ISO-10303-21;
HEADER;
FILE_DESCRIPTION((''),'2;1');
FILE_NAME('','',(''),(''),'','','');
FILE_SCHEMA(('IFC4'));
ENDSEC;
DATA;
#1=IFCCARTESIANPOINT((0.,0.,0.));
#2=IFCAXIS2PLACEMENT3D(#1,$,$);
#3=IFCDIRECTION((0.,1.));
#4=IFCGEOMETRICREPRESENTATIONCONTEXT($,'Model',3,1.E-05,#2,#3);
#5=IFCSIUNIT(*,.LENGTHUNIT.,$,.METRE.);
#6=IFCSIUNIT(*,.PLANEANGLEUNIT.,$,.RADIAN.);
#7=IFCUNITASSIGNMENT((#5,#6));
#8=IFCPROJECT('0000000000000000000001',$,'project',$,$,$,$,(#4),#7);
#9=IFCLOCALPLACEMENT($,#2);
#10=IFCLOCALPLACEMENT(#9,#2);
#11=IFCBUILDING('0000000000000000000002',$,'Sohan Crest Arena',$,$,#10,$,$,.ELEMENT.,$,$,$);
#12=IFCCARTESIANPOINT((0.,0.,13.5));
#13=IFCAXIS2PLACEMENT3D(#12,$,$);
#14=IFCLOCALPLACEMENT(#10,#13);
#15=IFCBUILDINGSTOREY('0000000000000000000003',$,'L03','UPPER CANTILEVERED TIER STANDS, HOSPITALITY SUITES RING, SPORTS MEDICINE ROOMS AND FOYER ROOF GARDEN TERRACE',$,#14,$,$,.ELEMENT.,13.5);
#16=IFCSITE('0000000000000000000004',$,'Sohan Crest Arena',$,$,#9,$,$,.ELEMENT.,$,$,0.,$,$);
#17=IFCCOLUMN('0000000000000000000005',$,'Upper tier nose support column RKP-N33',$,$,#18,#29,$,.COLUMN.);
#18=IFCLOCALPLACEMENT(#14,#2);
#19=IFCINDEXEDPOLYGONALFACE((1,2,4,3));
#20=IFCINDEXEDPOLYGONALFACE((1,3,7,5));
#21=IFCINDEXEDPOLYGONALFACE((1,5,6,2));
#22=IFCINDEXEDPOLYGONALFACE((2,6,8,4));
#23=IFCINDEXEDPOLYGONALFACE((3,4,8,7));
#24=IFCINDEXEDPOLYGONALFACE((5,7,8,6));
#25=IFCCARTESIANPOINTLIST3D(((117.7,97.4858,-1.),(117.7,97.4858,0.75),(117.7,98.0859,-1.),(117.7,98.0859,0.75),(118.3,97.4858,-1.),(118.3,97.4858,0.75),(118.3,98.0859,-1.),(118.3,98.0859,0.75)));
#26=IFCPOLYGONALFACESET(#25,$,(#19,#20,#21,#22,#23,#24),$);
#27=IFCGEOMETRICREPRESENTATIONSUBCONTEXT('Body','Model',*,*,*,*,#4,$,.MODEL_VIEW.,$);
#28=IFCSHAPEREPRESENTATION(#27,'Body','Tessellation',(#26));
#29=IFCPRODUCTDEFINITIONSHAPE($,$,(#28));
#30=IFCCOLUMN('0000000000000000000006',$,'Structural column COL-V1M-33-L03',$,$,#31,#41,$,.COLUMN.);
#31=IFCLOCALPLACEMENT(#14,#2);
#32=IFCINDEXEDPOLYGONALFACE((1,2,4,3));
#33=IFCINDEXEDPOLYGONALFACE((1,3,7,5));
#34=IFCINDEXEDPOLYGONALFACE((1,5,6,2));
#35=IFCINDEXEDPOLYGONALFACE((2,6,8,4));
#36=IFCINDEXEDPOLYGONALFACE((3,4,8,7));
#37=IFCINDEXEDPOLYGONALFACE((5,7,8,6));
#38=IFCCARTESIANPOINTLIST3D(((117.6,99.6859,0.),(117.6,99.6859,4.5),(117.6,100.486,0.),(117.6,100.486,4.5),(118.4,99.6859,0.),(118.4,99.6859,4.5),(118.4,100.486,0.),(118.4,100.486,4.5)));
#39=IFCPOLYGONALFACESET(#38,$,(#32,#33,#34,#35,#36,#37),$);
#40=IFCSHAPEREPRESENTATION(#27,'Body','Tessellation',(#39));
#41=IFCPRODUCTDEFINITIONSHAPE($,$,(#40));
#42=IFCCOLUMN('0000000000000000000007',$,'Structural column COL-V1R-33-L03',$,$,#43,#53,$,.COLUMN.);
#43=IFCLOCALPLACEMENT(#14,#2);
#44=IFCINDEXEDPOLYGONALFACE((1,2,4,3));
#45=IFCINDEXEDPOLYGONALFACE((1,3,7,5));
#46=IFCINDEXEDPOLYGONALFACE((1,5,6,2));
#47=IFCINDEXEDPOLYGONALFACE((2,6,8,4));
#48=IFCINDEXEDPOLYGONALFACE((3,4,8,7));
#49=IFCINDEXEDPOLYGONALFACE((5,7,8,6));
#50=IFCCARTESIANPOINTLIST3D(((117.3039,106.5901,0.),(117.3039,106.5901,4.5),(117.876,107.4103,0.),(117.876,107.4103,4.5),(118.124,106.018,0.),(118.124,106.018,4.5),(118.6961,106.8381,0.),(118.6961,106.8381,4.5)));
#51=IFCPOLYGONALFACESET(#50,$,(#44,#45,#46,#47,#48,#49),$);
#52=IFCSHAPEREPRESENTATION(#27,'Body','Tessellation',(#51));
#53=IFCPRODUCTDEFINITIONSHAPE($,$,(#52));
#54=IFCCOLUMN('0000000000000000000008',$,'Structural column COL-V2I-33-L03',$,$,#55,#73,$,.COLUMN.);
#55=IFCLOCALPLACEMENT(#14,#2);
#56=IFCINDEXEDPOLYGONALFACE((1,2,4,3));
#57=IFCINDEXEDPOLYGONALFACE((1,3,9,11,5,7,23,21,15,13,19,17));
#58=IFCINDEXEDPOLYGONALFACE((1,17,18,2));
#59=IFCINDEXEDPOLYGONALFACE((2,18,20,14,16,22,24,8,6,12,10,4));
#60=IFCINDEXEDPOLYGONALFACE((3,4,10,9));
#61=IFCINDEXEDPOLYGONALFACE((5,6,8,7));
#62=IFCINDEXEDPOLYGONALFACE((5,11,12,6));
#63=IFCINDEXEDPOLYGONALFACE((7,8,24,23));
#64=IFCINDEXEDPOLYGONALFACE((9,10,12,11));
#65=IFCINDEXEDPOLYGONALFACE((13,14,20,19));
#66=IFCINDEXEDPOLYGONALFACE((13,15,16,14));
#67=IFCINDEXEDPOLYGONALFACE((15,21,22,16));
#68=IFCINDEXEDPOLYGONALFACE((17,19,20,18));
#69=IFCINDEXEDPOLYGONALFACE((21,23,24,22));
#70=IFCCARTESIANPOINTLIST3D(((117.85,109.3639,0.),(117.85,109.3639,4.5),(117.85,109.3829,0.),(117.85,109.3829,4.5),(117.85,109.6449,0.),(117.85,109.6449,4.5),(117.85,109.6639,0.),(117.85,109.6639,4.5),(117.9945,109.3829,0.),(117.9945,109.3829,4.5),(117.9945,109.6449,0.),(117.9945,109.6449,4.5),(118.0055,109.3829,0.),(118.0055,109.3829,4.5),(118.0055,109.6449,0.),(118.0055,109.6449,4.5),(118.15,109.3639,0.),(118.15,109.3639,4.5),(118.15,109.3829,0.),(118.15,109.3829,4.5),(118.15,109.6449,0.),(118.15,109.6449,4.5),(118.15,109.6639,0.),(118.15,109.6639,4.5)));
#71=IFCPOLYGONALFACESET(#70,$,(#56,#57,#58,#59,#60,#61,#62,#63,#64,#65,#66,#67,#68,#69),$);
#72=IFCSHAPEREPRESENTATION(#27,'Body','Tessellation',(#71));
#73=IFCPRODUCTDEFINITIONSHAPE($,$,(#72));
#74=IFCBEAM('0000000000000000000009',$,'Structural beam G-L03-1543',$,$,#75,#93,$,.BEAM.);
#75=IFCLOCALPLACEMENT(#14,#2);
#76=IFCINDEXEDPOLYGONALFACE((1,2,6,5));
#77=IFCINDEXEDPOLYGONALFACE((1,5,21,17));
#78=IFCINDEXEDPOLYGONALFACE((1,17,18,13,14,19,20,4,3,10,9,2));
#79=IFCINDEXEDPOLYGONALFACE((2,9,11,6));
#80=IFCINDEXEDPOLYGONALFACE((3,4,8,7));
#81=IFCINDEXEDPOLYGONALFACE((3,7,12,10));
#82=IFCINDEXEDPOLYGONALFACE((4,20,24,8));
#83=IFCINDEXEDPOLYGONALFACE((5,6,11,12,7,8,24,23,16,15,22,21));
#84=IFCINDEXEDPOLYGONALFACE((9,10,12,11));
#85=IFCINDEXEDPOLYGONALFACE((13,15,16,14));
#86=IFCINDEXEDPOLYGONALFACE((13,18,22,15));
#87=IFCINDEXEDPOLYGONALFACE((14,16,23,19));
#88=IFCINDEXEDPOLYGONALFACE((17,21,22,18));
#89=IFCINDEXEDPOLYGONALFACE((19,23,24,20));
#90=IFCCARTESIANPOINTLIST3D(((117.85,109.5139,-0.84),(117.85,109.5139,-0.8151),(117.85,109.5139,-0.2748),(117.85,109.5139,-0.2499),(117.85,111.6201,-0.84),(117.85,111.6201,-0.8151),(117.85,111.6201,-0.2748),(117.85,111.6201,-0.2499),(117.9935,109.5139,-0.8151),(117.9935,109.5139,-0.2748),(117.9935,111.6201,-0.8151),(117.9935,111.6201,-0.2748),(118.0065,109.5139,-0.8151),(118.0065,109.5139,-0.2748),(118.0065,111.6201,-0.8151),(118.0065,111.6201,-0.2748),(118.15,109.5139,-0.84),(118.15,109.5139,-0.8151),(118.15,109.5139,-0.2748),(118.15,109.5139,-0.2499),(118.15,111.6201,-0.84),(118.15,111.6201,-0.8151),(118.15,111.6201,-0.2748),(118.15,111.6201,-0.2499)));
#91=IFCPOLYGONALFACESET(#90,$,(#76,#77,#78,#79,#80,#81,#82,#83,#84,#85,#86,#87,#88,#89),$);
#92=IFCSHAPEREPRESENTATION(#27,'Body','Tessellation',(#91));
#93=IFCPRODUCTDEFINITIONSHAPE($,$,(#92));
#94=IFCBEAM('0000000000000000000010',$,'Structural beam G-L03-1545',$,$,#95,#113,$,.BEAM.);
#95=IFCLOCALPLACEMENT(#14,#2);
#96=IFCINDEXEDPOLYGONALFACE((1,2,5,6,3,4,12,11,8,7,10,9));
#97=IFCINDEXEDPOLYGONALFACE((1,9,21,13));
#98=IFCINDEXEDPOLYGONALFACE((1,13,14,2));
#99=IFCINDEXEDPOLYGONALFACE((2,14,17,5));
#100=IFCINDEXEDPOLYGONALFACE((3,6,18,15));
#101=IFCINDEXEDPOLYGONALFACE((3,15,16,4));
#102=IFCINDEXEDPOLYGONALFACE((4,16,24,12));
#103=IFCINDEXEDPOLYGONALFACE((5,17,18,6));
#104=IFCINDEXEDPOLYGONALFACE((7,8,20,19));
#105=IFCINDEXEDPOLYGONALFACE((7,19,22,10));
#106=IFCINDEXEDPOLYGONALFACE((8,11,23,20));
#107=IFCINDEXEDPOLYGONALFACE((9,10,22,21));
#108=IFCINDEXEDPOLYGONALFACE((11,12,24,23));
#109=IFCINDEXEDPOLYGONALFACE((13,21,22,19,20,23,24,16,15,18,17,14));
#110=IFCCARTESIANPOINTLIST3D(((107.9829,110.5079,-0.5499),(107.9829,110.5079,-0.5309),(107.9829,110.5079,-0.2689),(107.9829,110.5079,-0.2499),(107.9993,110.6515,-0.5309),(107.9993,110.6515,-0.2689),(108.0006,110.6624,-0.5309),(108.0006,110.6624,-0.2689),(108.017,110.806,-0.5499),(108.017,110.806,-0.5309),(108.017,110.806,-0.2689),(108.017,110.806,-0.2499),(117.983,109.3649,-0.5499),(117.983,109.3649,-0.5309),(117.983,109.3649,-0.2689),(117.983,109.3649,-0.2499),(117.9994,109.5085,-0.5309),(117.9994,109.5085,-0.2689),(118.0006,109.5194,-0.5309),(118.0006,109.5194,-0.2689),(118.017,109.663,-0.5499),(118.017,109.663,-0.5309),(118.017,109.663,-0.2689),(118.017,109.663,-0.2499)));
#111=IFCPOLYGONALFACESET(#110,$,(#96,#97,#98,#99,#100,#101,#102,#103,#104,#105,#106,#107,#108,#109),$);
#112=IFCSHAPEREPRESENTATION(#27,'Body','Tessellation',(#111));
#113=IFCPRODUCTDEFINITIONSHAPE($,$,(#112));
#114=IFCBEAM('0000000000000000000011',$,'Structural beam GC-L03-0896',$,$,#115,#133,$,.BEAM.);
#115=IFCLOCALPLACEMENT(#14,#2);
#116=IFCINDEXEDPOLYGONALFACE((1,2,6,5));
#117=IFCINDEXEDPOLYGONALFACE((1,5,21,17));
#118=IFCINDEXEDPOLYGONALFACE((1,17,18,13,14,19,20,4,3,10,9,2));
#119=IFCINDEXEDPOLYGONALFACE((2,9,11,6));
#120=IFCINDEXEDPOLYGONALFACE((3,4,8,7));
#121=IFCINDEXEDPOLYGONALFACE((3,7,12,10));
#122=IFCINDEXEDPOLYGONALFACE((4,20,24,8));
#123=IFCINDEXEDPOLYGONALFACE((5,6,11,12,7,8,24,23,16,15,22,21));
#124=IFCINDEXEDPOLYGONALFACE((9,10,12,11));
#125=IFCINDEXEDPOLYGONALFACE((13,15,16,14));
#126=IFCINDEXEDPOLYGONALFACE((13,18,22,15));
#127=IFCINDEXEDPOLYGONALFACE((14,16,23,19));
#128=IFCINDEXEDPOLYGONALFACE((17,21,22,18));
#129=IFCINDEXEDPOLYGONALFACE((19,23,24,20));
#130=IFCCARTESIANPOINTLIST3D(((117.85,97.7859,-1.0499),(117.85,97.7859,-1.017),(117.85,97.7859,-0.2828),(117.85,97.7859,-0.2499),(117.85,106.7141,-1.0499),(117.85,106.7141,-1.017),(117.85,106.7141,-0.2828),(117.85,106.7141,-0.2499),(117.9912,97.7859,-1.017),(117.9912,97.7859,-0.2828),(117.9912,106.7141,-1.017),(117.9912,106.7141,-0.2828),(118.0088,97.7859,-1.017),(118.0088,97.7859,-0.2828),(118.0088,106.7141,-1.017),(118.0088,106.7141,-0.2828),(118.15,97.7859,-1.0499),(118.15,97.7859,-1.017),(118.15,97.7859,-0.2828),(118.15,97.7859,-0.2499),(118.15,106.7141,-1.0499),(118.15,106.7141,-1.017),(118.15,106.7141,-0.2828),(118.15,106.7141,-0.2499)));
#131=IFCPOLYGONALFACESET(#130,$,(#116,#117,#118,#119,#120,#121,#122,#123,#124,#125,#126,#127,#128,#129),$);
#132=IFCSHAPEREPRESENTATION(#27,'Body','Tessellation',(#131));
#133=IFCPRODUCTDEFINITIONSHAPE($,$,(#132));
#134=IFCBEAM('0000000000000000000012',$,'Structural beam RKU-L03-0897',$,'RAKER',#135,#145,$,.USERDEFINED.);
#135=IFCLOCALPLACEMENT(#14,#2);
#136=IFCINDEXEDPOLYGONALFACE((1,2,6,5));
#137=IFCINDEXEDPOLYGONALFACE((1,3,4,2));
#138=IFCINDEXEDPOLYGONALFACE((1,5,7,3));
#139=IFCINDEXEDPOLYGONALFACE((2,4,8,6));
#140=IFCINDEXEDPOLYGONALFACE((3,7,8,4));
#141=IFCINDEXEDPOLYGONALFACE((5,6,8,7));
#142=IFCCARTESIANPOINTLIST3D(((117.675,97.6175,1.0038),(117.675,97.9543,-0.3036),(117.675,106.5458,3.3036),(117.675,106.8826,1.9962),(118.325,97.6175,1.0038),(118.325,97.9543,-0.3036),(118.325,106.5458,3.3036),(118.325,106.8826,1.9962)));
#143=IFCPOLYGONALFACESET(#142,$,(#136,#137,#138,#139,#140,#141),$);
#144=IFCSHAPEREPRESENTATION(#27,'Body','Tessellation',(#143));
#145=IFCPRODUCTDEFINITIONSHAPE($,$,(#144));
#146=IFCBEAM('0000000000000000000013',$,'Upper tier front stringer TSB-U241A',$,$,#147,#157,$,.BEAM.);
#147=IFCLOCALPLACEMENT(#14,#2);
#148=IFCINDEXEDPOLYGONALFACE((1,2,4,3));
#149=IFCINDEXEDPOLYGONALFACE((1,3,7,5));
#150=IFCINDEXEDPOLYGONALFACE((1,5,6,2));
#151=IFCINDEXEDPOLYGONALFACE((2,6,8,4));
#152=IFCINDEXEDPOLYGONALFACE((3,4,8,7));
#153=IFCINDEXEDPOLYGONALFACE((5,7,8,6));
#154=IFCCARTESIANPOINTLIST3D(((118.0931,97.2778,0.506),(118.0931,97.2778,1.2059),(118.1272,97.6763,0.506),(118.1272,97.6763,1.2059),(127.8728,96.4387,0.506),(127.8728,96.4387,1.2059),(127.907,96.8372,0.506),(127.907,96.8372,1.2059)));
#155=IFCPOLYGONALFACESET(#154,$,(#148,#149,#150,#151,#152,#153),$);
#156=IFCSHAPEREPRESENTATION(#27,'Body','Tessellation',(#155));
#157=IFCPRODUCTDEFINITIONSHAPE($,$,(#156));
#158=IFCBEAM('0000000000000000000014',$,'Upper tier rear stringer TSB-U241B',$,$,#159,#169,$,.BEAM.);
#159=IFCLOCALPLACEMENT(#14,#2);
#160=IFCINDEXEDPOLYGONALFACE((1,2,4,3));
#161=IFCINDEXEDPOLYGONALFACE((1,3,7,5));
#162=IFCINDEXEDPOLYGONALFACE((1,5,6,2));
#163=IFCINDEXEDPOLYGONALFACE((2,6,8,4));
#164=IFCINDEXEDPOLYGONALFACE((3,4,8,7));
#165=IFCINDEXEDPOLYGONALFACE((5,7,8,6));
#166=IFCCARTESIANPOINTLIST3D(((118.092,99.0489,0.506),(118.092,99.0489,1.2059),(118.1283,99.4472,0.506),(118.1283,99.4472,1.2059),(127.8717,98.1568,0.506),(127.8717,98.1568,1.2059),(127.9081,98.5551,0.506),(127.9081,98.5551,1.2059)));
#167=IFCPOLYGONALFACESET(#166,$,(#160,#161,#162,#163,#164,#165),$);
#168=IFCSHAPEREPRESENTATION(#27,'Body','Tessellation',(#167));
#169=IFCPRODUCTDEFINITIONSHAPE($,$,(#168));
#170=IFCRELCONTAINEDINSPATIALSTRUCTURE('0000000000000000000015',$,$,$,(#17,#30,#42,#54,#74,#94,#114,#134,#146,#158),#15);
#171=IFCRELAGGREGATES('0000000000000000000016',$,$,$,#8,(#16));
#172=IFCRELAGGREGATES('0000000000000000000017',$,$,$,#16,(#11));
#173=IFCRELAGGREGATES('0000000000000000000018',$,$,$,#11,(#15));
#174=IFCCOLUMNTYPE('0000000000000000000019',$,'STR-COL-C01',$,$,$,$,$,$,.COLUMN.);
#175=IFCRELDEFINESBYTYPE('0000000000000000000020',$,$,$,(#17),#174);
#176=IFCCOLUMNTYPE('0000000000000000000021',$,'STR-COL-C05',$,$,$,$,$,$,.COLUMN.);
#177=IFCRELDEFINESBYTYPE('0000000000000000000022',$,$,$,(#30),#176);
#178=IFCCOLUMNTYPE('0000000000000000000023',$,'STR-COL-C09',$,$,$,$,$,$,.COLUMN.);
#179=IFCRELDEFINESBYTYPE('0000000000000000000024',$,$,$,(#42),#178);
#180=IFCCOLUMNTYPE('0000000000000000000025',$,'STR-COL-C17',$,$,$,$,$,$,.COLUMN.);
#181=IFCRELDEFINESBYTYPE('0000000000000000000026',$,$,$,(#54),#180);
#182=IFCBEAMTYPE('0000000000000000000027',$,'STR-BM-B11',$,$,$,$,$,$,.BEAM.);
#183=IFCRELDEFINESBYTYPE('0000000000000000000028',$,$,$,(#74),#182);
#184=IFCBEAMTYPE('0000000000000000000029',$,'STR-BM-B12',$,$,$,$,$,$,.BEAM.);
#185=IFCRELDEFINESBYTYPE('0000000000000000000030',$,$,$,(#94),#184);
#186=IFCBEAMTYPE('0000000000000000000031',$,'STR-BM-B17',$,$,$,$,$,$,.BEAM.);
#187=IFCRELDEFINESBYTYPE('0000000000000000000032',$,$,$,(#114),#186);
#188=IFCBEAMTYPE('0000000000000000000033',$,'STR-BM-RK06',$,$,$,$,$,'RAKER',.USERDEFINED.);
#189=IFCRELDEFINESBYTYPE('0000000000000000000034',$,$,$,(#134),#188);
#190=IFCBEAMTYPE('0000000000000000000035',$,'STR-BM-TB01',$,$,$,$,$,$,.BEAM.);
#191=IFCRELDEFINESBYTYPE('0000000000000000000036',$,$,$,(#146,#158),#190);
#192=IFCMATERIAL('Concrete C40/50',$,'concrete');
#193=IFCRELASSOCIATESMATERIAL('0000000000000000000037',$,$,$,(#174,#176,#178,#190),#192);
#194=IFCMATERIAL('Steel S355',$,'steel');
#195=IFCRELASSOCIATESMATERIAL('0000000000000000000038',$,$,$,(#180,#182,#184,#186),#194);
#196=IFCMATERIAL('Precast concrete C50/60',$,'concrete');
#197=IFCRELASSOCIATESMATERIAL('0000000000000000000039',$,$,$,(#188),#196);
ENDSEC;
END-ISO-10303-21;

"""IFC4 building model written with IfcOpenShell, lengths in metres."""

from ifc_helpers import new_model, si_unit, direction, frame, origin, origin_2d, place, context, subcontext, project, spatial, rectangle, i_section, extrude, material, material_profile, profile_set, type_object, element, save


model = new_model("IFC4")

# Units and contexts
model_context = context("Model", 3, precision=1e-05, world=origin(), true_north=direction((0.0, 1.0)))
body_context = subcontext(model_context, "Body", "Model", "MODEL_VIEW")
ifc_project = project(units=[si_unit("LENGTHUNIT", "METRE"), si_unit("PLANEANGLEUNIT", "RADIAN")], contexts=[model_context])

# Site, building, storey
site_placement = place(None, origin())
site = spatial("IfcSite", under=ifc_project, at=site_placement, Name="Sohan Crest Arena", CompositionType="ELEMENT", RefElevation=0.0)
building_placement = place(site_placement, origin())
building = spatial("IfcBuilding", under=site, at=building_placement, Name="Sohan Crest Arena", CompositionType="ELEMENT")
storey_placement = place(building_placement, frame((0.0, 0.0, 13.5)))
storey = spatial("IfcBuildingStorey", under=building, at=storey_placement, Name="L03", Description="UPPER CANTILEVERED TIER STANDS, HOSPITALITY SUITES RING, SPORTS MEDICINE ROOMS AND FOYER ROOF GARDEN TERRACE", CompositionType="ELEMENT", Elevation=13.5)

# Columns
ifc_material_1 = material(Name="Concrete C40/50", Category="concrete")
ifc_material_profile_1 = material_profile(ifc_material_1, rectangle(XDim=0.6001, YDim=0.6001, at=origin_2d()), Name="RC 600x600")
ifc_profile_set_1 = profile_set([ifc_material_profile_1], Name="Concrete C40/50")
column_type_1 = type_object("IfcColumnType", Name="STR-COL-C01", PredefinedType="COLUMN", material=ifc_profile_set_1)
column_1_placement = place(storey_placement, frame((118.0, 97.7859, -1.0), z_axis=(0.0, 0.0, 1.0), x_axis=(1.0, 0.0, 0.0)))
element("IfcColumn", 1, at=column_1_placement, inside=storey, type_object=column_type_1, Name="Upper tier nose support column RKP-N33", PredefinedType="COLUMN", context=body_context, shape_type="SweptSolid", body=[
    extrude(rectangle(XDim=0.6001, YDim=0.6001, at=origin_2d()), origin(), (0.0, 0.0, 1.0), 1.75),
])
ifc_material_profile_2 = material_profile(ifc_material_1, rectangle(XDim=0.8, YDim=0.8, at=origin_2d()), Name="RC 800x800")
ifc_profile_set_2 = profile_set([ifc_material_profile_2], Name="Concrete C40/50")
column_type_2 = type_object("IfcColumnType", Name="STR-COL-C05", PredefinedType="COLUMN", material=ifc_profile_set_2)
column_2_placement = place(storey_placement, frame((118.0, 100.0859, 0.0), z_axis=(0.0, 0.0, 1.0), x_axis=(1.0, 0.0, 0.0)))
element("IfcColumn", 2, at=column_2_placement, inside=storey, type_object=column_type_2, Name="Structural column COL-V1M-33-L03", PredefinedType="COLUMN", context=body_context, shape_type="SweptSolid", body=[
    extrude(rectangle(XDim=0.8, YDim=0.8, at=origin_2d()), origin(), (0.0, 0.0, 1.0), 4.5),
])
ifc_material_profile_3 = material_profile(ifc_material_1, rectangle(XDim=1.0, YDim=1.0, at=origin_2d()), Name="RC 1000x1000")
ifc_profile_set_3 = profile_set([ifc_material_profile_3], Name="Concrete C40/50")
column_type_3 = type_object("IfcColumnType", Name="STR-COL-C09", PredefinedType="COLUMN", material=ifc_profile_set_3)
column_3_placement = place(storey_placement, frame((118.0, 106.7141, 0.0), z_axis=(0.0, 0.0, 1.0), x_axis=(0.572146, 0.820152, 0.0)))
element("IfcColumn", 3, at=column_3_placement, inside=storey, type_object=column_type_3, Name="Structural column COL-V1R-33-L03", PredefinedType="COLUMN", context=body_context, shape_type="SweptSolid", body=[
    extrude(rectangle(XDim=1.0, YDim=1.0, at=origin_2d()), origin(), (0.0, 0.0, 1.0), 4.5),
])
ifc_material_2 = material(Name="Steel S355", Category="steel")
ifc_material_profile_4 = material_profile(ifc_material_2, i_section(OverallWidth=0.3, OverallDepth=0.3, WebThickness=0.011, FlangeThickness=0.019, at=origin_2d()), Name="HEB 300")
ifc_profile_set_4 = profile_set([ifc_material_profile_4], Name="Steel S355")
column_type_4 = type_object("IfcColumnType", Name="STR-COL-C17", PredefinedType="COLUMN", material=ifc_profile_set_4)
column_4_placement = place(storey_placement, frame((118.0, 109.5139, 0.0), z_axis=(0.0, 0.0, 1.0), x_axis=(1.0, 0.0, 0.0)))
element("IfcColumn", 4, at=column_4_placement, inside=storey, type_object=column_type_4, Name="Structural column COL-V2I-33-L03", PredefinedType="COLUMN", context=body_context, shape_type="SweptSolid", body=[
    extrude(i_section(OverallWidth=0.3, OverallDepth=0.3, WebThickness=0.011, FlangeThickness=0.019, at=origin_2d()), origin(), (0.0, 0.0, 1.0), 4.5),
])

# Beams
ifc_material_profile_5 = material_profile(ifc_material_2, i_section(OverallWidth=0.3, OverallDepth=0.5901, WebThickness=0.0129, FlangeThickness=0.0249, at=origin_2d()), Name="HEA 600")
ifc_profile_set_5 = profile_set([ifc_material_profile_5], Name="Steel S355")
beam_type_1 = type_object("IfcBeamType", Name="STR-BM-B11", PredefinedType="BEAM", material=ifc_profile_set_5)
beam_1_placement = place(storey_placement, frame((118.0, 109.5139, -0.5449), z_axis=(0.0, 1.0, 0.0), x_axis=(-1.0, 0.0, 0.0)))
element("IfcBeam", 5, at=beam_1_placement, inside=storey, type_object=beam_type_1, Name="Structural beam G-L03-1543", PredefinedType="BEAM", context=body_context, shape_type="SweptSolid", body=[
    extrude(i_section(OverallWidth=0.3, OverallDepth=0.5901, WebThickness=0.0129, FlangeThickness=0.0249, at=origin_2d()), origin(), (0.0, 0.0, 1.0), 2.1062),
])
ifc_material_profile_6 = material_profile(ifc_material_2, i_section(OverallWidth=0.3, OverallDepth=0.3, WebThickness=0.011, FlangeThickness=0.019, at=origin_2d()), Name="HEB 300")
ifc_profile_set_6 = profile_set([ifc_material_profile_6], Name="Steel S355")
beam_type_2 = type_object("IfcBeamType", Name="STR-BM-B12", PredefinedType="BEAM", material=ifc_profile_set_6)
beam_2_placement = place(storey_placement, frame((118.0, 109.5139, -0.3999), z_axis=(-0.99353, 0.113567, 0.0), x_axis=(-0.113567, -0.99353, 0.0)))
element("IfcBeam", 6, at=beam_2_placement, inside=storey, type_object=beam_type_2, Name="Structural beam G-L03-1545", PredefinedType="BEAM", context=body_context, shape_type="SweptSolid", body=[
    extrude(i_section(OverallWidth=0.3, OverallDepth=0.3, WebThickness=0.011, FlangeThickness=0.019, at=origin_2d()), origin(), (0.0, 0.0, 1.0), 10.0652),
])
ifc_material_profile_7 = material_profile(ifc_material_2, i_section(OverallWidth=0.3, OverallDepth=0.8, WebThickness=0.0176, FlangeThickness=0.033, at=origin_2d()), Name="HEB 800")
ifc_profile_set_7 = profile_set([ifc_material_profile_7], Name="Steel S355")
beam_type_3 = type_object("IfcBeamType", Name="STR-BM-B17", PredefinedType="BEAM", material=ifc_profile_set_7)
beam_3_placement = place(storey_placement, frame((118.0, 106.7141, -0.6499), z_axis=(0.0, -1.0, 0.0), x_axis=(1.0, 0.0, 0.0)))
element("IfcBeam", 7, at=beam_3_placement, inside=storey, type_object=beam_type_3, Name="Structural beam GC-L03-0896", PredefinedType="BEAM", context=body_context, shape_type="SweptSolid", body=[
    extrude(i_section(OverallWidth=0.3, OverallDepth=0.8, WebThickness=0.0176, FlangeThickness=0.033, at=origin_2d()), origin(), (0.0, 0.0, 1.0), 8.9282),
])
ifc_material_3 = material(Name="Precast concrete C50/60", Category="concrete")
ifc_material_profile_8 = material_profile(ifc_material_3, rectangle(XDim=0.6499, YDim=1.3501, at=origin_2d()), Name="RAKER 650x1350")
ifc_profile_set_8 = profile_set([ifc_material_profile_8], Name="Precast concrete C50/60")
beam_type_4 = type_object("IfcBeamType", Name="STR-BM-RK06", ElementType="RAKER", PredefinedType="USERDEFINED", material=ifc_profile_set_8)
beam_4_placement = place(storey_placement, frame((118.0, 97.7859, 0.3501), z_axis=(0.0, 0.968389, 0.249446), x_axis=(-1.0, 0.0, 0.0)))
element("IfcBeam", 8, at=beam_4_placement, inside=storey, type_object=beam_type_4, Name="Structural beam RKU-L03-0897", ObjectType="RAKER", PredefinedType="USERDEFINED", context=body_context, shape_type="SweptSolid", body=[
    extrude(rectangle(XDim=0.6499, YDim=1.3501, at=origin_2d()), origin(), (0.0, 0.0, 1.0), 9.2197),
])
ifc_material_profile_9 = material_profile(ifc_material_1, rectangle(XDim=0.3999, YDim=0.7, at=origin_2d()), Name="RC-BM 400x700")
ifc_profile_set_9 = profile_set([ifc_material_profile_9], Name="Concrete C40/50")
beam_type_5 = type_object("IfcBeamType", Name="STR-BM-TB01", PredefinedType="BEAM", material=ifc_profile_set_9)
beam_5_placement = place(storey_placement, frame((127.8899, 96.6379, 0.856), z_axis=(-0.996339, 0.085487, 0.0), x_axis=(-0.085487, -0.996339, 0.0)))
element("IfcBeam", 9, at=beam_5_placement, inside=storey, type_object=beam_type_5, Name="Upper tier front stringer TSB-U241A", PredefinedType="BEAM", context=body_context, shape_type="SweptSolid", body=[
    extrude(rectangle(XDim=0.3999, YDim=0.7, at=origin_2d()), origin(), (0.0, 0.0, 1.0), 9.8157),
])
beam_6_placement = place(storey_placement, frame((127.8899, 98.356, 0.856), z_axis=(-0.995865, 0.090841, 0.0), x_axis=(-0.090841, -0.995865, 0.0)))
element("IfcBeam", 10, at=beam_6_placement, inside=storey, type_object=beam_type_5, Name="Upper tier rear stringer TSB-U241B", PredefinedType="BEAM", context=body_context, shape_type="SweptSolid", body=[
    extrude(rectangle(XDim=0.3999, YDim=0.7, at=origin_2d()), origin(), (0.0, 0.0, 1.0), 9.8203),
])

save(model, "model.ifc")
